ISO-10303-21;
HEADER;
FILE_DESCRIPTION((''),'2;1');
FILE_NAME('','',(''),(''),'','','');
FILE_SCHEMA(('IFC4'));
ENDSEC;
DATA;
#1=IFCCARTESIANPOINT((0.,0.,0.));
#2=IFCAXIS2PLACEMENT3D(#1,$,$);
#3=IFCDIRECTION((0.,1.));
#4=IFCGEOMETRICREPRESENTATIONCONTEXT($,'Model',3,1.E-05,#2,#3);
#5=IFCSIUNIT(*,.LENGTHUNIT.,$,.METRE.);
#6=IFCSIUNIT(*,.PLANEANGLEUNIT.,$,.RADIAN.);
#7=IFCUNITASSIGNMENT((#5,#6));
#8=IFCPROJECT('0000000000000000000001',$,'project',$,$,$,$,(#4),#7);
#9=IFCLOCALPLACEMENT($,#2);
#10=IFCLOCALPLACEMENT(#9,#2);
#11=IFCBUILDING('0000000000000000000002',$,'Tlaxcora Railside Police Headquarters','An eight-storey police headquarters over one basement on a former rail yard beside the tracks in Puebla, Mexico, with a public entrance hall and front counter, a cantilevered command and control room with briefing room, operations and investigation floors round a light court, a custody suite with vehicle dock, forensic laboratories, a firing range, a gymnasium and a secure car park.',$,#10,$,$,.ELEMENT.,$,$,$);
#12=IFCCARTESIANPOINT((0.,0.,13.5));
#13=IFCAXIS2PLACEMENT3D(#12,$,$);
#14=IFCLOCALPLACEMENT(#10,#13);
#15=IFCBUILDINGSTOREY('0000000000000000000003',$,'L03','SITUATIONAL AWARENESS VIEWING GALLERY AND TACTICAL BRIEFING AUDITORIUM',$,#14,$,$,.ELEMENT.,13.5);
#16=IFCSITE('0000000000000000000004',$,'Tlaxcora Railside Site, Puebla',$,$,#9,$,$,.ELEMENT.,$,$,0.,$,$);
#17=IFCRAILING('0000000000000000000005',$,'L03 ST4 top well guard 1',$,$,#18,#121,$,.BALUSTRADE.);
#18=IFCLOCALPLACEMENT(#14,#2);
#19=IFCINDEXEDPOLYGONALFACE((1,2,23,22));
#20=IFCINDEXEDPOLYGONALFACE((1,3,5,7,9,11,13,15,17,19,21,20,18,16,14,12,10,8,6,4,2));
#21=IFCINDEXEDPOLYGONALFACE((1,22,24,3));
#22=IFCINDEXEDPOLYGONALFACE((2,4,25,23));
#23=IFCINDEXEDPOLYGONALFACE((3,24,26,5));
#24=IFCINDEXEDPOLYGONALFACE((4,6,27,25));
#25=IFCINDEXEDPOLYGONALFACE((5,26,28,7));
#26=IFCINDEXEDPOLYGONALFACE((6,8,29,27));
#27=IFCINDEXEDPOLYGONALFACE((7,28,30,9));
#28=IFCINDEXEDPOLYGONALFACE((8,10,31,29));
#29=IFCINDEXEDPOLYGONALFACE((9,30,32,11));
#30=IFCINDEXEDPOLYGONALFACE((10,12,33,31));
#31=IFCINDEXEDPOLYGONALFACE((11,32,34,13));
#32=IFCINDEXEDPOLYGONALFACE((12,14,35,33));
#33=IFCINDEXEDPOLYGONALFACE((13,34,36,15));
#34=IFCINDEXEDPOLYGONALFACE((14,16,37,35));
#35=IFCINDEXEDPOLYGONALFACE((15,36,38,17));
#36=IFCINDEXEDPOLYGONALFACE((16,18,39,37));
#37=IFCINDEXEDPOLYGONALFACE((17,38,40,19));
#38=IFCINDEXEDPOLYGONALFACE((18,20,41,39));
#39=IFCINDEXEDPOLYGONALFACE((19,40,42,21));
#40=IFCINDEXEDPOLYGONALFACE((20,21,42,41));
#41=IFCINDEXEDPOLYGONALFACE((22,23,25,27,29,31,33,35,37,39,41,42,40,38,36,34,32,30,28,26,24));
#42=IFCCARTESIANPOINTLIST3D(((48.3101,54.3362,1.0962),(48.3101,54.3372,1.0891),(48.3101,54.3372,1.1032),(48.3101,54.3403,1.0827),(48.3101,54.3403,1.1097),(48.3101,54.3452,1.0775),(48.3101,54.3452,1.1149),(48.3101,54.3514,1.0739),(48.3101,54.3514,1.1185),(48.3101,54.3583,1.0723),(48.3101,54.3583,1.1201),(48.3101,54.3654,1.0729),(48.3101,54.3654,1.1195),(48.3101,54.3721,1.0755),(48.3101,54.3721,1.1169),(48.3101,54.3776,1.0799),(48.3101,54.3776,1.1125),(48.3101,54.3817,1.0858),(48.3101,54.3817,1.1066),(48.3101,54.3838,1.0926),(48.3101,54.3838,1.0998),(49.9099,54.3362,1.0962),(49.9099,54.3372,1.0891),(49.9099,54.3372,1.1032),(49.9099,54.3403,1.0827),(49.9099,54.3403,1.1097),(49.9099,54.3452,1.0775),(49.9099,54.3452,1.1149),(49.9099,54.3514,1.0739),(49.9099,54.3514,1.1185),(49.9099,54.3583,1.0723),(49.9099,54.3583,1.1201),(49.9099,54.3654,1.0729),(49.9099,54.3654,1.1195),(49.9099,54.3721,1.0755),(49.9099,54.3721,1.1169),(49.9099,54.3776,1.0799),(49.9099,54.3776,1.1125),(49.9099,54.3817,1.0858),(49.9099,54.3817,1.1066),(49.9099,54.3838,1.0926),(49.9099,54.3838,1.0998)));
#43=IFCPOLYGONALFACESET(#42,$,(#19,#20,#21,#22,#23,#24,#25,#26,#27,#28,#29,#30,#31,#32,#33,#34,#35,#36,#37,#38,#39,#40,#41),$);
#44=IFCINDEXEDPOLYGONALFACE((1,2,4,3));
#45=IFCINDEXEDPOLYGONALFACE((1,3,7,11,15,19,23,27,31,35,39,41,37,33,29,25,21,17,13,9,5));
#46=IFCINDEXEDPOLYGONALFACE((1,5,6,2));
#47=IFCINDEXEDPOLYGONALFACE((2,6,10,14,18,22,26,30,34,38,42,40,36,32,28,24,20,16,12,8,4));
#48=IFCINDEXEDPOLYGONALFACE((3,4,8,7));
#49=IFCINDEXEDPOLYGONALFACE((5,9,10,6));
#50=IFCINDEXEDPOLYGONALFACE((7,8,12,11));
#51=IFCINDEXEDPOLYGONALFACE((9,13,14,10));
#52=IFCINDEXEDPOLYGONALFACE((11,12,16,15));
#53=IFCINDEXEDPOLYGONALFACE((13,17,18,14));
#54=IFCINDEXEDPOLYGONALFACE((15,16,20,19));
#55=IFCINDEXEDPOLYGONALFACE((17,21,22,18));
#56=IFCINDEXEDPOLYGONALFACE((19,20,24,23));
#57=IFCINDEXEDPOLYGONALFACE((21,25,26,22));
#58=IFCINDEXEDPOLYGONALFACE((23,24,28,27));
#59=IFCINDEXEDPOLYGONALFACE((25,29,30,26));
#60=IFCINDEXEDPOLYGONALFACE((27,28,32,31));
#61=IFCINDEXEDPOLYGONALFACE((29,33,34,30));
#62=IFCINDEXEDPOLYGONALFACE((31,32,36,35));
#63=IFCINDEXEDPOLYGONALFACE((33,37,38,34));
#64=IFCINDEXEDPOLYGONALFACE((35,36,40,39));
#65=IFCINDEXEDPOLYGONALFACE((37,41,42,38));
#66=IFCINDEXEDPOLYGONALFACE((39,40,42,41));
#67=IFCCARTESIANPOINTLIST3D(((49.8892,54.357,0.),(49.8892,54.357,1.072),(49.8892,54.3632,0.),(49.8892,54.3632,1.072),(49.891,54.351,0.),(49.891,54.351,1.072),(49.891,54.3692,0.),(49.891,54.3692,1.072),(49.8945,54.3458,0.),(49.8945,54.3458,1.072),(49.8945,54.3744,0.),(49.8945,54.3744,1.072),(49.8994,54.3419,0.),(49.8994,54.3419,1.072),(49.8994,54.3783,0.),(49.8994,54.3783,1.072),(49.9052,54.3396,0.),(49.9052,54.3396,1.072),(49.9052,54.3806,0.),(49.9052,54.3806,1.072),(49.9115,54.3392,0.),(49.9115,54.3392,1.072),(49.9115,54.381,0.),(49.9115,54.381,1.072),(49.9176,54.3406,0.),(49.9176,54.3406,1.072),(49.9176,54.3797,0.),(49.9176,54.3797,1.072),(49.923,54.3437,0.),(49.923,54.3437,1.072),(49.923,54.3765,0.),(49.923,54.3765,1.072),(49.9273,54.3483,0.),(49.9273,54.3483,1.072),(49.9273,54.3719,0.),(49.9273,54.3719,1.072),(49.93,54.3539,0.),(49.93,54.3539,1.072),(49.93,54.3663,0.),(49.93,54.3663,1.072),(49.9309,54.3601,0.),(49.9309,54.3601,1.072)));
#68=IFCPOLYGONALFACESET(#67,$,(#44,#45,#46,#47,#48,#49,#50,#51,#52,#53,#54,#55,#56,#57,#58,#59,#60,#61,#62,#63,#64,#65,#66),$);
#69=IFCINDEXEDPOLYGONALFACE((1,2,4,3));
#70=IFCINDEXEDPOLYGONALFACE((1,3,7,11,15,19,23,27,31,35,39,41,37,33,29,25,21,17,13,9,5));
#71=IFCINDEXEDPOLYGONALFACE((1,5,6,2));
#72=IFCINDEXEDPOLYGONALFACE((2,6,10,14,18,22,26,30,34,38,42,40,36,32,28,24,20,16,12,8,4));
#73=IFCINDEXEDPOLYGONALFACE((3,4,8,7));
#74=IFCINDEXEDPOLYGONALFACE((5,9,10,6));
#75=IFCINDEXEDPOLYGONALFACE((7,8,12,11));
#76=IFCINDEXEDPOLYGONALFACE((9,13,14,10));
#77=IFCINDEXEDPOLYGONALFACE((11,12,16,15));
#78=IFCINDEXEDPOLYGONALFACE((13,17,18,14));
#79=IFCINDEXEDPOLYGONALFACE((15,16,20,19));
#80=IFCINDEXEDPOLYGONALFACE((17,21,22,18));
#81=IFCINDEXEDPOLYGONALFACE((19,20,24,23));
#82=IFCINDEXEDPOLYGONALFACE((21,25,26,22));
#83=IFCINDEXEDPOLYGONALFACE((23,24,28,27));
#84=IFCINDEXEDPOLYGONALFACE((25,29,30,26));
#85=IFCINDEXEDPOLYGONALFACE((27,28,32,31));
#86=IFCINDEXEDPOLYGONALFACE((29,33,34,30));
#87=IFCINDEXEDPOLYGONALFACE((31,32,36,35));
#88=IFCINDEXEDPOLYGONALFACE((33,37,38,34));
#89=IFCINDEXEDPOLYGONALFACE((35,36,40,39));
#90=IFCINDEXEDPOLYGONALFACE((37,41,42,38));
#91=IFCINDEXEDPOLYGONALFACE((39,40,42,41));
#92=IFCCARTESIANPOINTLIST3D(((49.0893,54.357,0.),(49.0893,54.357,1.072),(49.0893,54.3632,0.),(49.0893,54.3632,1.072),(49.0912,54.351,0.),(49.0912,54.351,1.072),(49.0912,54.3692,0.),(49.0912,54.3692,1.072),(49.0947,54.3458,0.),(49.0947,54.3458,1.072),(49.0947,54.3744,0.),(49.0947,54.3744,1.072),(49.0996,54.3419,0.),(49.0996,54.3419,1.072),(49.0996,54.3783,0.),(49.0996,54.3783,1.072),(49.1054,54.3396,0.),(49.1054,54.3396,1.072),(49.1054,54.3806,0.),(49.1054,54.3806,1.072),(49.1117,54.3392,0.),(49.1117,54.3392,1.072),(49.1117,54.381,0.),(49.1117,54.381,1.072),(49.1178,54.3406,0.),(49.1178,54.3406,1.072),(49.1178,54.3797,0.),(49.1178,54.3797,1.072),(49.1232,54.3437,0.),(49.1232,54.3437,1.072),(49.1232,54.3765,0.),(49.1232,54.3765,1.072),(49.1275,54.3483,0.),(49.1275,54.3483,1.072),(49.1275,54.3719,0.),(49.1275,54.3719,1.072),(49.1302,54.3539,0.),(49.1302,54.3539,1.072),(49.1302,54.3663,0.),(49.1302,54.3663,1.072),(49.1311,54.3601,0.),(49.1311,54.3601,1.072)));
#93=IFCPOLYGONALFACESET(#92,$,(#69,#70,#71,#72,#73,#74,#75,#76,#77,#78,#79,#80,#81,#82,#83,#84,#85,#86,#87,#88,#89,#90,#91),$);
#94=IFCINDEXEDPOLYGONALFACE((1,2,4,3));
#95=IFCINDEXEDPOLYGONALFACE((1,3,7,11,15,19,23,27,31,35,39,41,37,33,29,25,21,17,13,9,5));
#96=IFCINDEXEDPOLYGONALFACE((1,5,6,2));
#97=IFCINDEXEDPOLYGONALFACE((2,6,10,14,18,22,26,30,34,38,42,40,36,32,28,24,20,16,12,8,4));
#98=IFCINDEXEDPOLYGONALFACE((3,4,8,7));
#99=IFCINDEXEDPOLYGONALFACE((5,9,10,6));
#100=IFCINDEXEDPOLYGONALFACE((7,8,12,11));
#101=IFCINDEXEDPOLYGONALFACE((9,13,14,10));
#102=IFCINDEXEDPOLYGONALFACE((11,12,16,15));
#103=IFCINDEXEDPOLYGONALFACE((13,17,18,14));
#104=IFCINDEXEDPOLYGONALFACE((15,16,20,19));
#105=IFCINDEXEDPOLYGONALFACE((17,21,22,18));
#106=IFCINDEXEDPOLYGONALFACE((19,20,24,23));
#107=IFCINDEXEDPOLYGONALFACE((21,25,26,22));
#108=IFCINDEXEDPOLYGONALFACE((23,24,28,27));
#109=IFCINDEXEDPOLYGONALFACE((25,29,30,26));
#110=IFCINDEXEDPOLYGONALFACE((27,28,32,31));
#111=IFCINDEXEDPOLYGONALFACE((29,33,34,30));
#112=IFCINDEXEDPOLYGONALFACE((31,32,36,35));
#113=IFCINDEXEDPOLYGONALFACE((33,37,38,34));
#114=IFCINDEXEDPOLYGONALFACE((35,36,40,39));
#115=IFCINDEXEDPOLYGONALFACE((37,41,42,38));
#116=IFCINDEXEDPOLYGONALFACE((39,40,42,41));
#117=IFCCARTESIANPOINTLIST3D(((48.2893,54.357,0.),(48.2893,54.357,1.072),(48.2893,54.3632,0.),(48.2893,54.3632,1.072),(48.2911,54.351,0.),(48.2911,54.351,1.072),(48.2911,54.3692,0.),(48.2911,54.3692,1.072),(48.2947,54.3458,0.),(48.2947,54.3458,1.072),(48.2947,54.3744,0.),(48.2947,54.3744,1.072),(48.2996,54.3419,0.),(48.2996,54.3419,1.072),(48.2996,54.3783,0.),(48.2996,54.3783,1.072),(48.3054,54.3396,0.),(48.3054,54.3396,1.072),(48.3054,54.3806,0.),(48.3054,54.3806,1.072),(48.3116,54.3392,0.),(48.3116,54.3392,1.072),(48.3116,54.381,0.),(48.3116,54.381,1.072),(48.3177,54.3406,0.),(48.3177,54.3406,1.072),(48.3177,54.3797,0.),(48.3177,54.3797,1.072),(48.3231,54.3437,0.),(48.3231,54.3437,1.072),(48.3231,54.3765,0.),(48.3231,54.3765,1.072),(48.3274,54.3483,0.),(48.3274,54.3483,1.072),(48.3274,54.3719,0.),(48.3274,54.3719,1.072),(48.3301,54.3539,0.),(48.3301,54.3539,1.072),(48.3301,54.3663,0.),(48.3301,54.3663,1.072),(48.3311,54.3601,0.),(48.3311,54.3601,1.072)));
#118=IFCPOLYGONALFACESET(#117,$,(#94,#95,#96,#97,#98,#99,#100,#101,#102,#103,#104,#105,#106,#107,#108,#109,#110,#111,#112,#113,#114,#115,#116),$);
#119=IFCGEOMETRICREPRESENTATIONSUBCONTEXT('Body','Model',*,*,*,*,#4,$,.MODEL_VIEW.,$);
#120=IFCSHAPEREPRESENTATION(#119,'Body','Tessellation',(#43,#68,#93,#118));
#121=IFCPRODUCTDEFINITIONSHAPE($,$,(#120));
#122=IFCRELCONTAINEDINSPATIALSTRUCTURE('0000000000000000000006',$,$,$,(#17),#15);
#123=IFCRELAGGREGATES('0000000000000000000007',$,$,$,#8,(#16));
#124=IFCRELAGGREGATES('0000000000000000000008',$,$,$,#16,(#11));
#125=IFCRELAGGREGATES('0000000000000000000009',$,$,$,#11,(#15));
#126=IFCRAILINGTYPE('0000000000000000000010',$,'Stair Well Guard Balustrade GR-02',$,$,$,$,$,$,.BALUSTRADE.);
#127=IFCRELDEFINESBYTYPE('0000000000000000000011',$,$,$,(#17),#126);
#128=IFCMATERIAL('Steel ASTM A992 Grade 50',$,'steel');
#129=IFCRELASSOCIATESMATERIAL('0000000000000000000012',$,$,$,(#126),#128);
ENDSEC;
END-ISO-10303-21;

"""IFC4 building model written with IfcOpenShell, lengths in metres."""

from ifc_helpers import new_model, si_unit, direction, frame, origin, origin_2d, place, context, subcontext, project, spatial, circle, extrude, material, type_object, element, save


model = new_model("IFC4")

# Units and contexts
model_context = context("Model", 3, precision=1e-05, world=origin(), true_north=direction((0.0, 1.0)))
body_context = subcontext(model_context, "Body", "Model", "MODEL_VIEW")
ifc_project = project(units=[si_unit("LENGTHUNIT", "METRE"), si_unit("PLANEANGLEUNIT", "RADIAN")], contexts=[model_context])

# Site, building, storey
site_placement = place(None, origin())
site = spatial("IfcSite", under=ifc_project, at=site_placement, Name="Tlaxcora Railside Site, Puebla", CompositionType="ELEMENT", RefElevation=0.0)
building_placement = place(site_placement, origin())
building = spatial("IfcBuilding", under=site, at=building_placement, Name="Tlaxcora Railside Police Headquarters", Description="An eight-storey police headquarters over one basement on a former rail yard beside the tracks in Puebla, Mexico, with a public entrance hall and front counter, a cantilevered command and control room with briefing room, operations and investigation floors round a light court, a custody suite with vehicle dock, forensic laboratories, a firing range, a gymnasium and a secure car park.", CompositionType="ELEMENT")
storey_placement = place(building_placement, frame((0.0, 0.0, 13.5)))
storey = spatial("IfcBuildingStorey", under=building, at=storey_placement, Name="L03", Description="SITUATIONAL AWARENESS VIEWING GALLERY AND TACTICAL BRIEFING AUDITORIUM", CompositionType="ELEMENT", Elevation=13.5)

# Shared definitions
ifc_material_1 = material(Name="Steel ASTM A992 Grade 50", Category="steel")

# Railing
railing_type = type_object("IfcRailingType", Name="Stair Well Guard Balustrade GR-02", PredefinedType="BALUSTRADE", material=ifc_material_1)
railing_placement = place(storey_placement, frame((49.9099, 54.3601, 0.0)))
element("IfcRailing", 1, at=railing_placement, inside=storey, type_object=railing_type, Name="L03 ST4 top well guard 1", PredefinedType="BALUSTRADE", context=body_context, shape_type="SweptSolid", body=[
    extrude(circle(Radius=0.0239, at=origin_2d()), frame((0.0, 0.0, 1.0962), z_axis=(-1.0, 0.0, 0.0), x_axis=(0.0, -1.0, 0.0)), (0.0, 0.0, 1.0), 1.5999),
    extrude(circle(Radius=0.021, at=origin_2d()), origin(), (0.0, 0.0, 1.0), 1.072),
    extrude(circle(Radius=0.021, at=origin_2d()), frame((-0.7998, 0.0, 0.0)), (0.0, 0.0, 1.0), 1.072),
    extrude(circle(Radius=0.021, at=origin_2d()), frame((-1.5999, 0.0, 0.0)), (0.0, 0.0, 1.0), 1.072),
])

save(model, "model.ifc")
